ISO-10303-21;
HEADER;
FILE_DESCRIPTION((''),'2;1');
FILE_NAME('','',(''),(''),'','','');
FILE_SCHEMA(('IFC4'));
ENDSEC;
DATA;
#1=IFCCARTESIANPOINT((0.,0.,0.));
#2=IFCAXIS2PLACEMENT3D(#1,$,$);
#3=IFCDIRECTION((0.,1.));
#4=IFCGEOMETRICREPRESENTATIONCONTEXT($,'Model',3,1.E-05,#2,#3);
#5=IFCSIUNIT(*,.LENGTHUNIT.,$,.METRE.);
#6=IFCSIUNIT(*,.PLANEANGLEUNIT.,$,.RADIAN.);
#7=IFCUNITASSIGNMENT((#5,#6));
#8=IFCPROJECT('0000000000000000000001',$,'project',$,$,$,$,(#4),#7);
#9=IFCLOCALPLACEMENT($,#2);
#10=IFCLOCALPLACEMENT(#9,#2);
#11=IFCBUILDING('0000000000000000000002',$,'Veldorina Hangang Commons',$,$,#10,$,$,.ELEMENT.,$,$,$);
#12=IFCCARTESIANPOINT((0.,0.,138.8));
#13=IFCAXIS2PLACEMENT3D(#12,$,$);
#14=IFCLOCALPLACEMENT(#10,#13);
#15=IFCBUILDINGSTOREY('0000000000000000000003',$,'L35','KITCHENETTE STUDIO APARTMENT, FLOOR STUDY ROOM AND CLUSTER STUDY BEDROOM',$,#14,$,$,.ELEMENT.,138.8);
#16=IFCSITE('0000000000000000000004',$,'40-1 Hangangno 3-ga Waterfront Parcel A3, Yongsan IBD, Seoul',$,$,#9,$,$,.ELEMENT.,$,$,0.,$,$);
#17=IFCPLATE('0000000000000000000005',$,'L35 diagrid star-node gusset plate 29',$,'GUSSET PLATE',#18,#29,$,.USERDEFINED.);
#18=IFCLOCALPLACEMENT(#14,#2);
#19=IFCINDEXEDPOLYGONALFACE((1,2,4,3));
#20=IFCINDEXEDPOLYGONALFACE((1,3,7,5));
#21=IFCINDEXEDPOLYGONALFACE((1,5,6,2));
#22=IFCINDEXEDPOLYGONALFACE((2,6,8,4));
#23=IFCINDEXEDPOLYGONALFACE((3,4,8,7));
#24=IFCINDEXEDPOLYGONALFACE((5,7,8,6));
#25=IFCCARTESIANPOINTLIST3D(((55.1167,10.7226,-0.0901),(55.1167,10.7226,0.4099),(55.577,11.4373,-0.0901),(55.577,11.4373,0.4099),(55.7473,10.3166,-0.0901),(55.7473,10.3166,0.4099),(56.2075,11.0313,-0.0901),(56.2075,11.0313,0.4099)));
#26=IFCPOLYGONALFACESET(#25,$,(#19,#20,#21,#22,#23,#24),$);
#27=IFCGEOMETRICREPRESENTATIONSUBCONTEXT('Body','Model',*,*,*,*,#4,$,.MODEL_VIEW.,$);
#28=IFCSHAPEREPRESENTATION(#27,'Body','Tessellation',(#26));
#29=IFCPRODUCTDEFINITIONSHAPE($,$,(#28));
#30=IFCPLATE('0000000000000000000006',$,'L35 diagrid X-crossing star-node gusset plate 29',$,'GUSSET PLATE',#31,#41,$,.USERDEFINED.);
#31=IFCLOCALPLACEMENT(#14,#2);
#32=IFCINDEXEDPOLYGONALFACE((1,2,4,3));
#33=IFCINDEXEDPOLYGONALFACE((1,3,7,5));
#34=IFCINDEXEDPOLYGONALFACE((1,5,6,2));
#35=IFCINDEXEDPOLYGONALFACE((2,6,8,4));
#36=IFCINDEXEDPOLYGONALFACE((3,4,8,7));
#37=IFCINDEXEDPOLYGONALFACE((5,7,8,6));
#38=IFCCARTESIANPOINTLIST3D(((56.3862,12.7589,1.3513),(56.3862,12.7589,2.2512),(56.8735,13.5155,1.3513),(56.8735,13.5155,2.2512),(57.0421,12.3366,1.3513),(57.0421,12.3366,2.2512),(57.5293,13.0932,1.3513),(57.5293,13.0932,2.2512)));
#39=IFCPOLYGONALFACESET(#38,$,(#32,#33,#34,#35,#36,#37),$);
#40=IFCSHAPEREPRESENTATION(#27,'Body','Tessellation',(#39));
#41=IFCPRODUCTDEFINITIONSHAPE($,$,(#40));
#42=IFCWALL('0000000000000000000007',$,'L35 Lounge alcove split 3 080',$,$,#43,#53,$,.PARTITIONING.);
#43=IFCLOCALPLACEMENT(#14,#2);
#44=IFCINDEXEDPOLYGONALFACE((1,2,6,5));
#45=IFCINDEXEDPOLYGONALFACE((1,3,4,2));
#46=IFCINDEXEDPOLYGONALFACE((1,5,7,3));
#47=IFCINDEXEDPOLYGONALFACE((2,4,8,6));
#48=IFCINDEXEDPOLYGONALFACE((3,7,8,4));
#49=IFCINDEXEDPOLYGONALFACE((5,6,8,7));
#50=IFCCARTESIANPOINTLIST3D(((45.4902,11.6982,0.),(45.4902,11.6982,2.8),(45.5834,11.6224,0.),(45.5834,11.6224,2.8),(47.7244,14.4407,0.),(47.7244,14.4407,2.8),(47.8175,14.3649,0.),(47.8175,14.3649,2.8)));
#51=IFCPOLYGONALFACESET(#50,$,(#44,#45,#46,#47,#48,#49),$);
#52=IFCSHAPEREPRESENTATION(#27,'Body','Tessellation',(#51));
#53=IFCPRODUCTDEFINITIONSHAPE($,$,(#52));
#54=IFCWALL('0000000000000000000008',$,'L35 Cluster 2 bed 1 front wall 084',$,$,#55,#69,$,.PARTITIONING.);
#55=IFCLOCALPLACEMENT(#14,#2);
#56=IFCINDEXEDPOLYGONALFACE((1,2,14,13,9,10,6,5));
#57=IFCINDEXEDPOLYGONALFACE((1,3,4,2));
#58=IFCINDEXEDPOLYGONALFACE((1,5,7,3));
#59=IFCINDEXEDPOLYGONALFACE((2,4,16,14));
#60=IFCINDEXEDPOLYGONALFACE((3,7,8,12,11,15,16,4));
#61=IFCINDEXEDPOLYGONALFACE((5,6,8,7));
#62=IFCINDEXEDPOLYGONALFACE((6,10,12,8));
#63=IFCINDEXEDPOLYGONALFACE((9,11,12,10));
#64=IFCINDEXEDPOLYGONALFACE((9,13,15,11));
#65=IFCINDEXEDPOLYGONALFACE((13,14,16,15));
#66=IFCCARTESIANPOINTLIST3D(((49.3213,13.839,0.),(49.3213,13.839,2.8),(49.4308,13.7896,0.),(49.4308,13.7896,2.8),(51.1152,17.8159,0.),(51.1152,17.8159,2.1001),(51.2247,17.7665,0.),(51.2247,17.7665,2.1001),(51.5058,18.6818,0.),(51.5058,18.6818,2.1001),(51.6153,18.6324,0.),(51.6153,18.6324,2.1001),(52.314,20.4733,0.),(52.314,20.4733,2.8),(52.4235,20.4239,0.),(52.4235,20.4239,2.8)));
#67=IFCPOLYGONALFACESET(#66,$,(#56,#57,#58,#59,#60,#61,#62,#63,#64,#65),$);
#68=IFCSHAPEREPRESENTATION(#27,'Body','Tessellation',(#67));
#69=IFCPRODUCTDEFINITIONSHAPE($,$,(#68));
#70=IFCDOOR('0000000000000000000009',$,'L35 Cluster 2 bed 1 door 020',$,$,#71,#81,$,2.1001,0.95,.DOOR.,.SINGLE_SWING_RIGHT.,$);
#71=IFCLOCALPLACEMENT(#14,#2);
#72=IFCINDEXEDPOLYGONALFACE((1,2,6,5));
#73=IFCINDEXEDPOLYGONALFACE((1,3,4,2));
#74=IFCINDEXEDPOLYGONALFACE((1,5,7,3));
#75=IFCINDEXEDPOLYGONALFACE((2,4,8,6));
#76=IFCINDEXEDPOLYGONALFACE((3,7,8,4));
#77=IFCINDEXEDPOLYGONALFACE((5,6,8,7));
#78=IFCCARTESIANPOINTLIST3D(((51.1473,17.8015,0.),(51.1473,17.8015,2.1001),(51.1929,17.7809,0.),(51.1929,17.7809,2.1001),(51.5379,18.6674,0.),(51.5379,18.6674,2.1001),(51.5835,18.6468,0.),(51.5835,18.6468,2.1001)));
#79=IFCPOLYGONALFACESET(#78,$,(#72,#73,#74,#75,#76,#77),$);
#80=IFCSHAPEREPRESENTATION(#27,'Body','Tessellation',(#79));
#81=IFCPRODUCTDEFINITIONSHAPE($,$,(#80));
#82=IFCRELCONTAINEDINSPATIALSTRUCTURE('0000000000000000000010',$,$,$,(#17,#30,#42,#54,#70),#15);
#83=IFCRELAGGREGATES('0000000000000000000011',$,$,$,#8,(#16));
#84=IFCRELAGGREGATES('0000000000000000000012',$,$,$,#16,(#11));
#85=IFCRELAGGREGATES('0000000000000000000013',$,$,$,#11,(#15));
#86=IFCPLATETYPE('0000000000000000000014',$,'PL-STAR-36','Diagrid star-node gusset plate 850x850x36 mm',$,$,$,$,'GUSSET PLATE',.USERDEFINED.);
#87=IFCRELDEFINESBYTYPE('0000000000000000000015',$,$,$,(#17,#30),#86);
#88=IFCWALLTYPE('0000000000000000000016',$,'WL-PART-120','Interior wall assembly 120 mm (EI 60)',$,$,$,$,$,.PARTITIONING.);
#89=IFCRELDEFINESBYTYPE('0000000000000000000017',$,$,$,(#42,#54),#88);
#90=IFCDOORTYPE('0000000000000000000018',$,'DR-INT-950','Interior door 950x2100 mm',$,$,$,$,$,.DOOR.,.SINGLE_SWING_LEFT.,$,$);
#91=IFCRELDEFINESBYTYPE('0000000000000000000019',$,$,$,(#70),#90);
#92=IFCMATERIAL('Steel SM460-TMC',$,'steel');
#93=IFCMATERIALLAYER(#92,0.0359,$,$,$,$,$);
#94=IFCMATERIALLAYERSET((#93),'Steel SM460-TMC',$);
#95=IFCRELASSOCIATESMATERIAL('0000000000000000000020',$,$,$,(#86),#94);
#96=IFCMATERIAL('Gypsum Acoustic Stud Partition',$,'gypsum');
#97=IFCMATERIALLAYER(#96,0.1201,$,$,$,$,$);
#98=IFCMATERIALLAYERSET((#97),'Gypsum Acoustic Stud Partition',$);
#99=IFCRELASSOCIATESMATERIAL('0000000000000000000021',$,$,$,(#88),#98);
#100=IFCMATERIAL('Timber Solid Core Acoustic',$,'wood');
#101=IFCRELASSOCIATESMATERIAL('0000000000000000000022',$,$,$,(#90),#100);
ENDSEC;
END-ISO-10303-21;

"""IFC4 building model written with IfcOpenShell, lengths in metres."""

from ifc_helpers import new_model, si_unit, direction, frame, frame_2d, origin, origin_2d, place, context, subcontext, project, spatial, rectangle, extrude, material, layer, layer_set, type_object, element, fill, save


model = new_model("IFC4")

# Units and contexts
model_context = context("Model", 3, precision=1e-05, world=origin(), true_north=direction((0.0, 1.0)))
body_context = subcontext(model_context, "Body", "Model", "MODEL_VIEW")
ifc_project = project(units=[si_unit("LENGTHUNIT", "METRE"), si_unit("PLANEANGLEUNIT", "RADIAN")], contexts=[model_context])

# Site, building, storey
site_placement = place(None, origin())
site = spatial("IfcSite", under=ifc_project, at=site_placement, Name="40-1 Hangangno 3-ga Waterfront Parcel A3, Yongsan IBD, Seoul", CompositionType="ELEMENT", RefElevation=0.0)
building_placement = place(site_placement, origin())
building = spatial("IfcBuilding", under=site, at=building_placement, Name="Veldorina Hangang Commons", CompositionType="ELEMENT")
storey_placement = place(building_placement, frame((0.0, 0.0, 138.8)))
storey = spatial("IfcBuildingStorey", under=building, at=storey_placement, Name="L35", Description="KITCHENETTE STUDIO APARTMENT, FLOOR STUDY ROOM AND CLUSTER STUDY BEDROOM", CompositionType="ELEMENT", Elevation=138.8)

# Plates
ifc_material_1 = material(Name="Steel SM460-TMC", Category="steel")
ifc_layer_1 = layer(ifc_material_1, 0.0359)
ifc_layer_set_1 = layer_set([ifc_layer_1], Name="Steel SM460-TMC")
plate_type_1 = type_object("IfcPlateType", Name="PL-STAR-36", Description="Diagrid star-node gusset plate 850x850x36 mm", ElementType="GUSSET PLATE", PredefinedType="USERDEFINED", material=ifc_layer_set_1)
for number, where, z_axis, x_axis, name in (
    (1, (55.6621, 10.877, -0.0901), (0.0, 0.0, 1.0), (0.541429, 0.840746, 0.0), "L35 diagrid star-node gusset plate 29"),
):
    element("IfcPlate", number, at=place(storey_placement, frame(where, z_axis=z_axis, x_axis=x_axis)), inside=storey, type_object=plate_type_1, Name=name, ObjectType="GUSSET PLATE", PredefinedType="USERDEFINED", context=body_context, shape_type="SweptSolid", body=[
        extrude(rectangle(XDim=0.8501, YDim=0.75, at=origin_2d()), origin(), (0.0, 0.0, 1.0), 0.5),
    ])
plate_1_placement = place(storey_placement, frame((56.9578, 12.926, 1.3513), z_axis=(0.0, 0.0, 1.0), x_axis=(0.541429, 0.840746, 0.0)))
element("IfcPlate", 2, at=plate_1_placement, inside=storey, type_object=plate_type_1, Name="L35 diagrid X-crossing star-node gusset plate 29", ObjectType="GUSSET PLATE", PredefinedType="USERDEFINED", context=body_context, shape_type="SweptSolid", body=[
    extrude(rectangle(XDim=0.8999, YDim=0.78, at=origin_2d()), origin(), (0.0, 0.0, 1.0), 0.8999),
])

# Wall
ifc_material_2 = material(Name="Gypsum Acoustic Stud Partition", Category="gypsum")
ifc_layer_2 = layer(ifc_material_2, 0.1201)
ifc_layer_set_2 = layer_set([ifc_layer_2], Name="Gypsum Acoustic Stud Partition")
wall_type = type_object("IfcWallType", Name="WL-PART-120", Description="Interior wall assembly 120 mm (EI 60)", PredefinedType="PARTITIONING", material=ifc_layer_set_2)
wall_1_placement = place(storey_placement, frame((45.5369, 11.6604, 0.0), z_axis=(0.0, 0.0, 1.0), x_axis=(0.631598, 0.775296, 0.0)))
element("IfcWall", 3, at=wall_1_placement, inside=storey, type_object=wall_type, Name="L35 Lounge alcove split 3 080", PredefinedType="PARTITIONING", context=body_context, shape_type="SweptSolid", body=[
    extrude(rectangle(XDim=3.5374, YDim=0.1201, at=frame_2d((1.7686, 0.0))), origin(), (0.0, 0.0, 1.0), 2.8),
])

# Wall, opening, door
wall_2_placement = place(storey_placement, frame((49.376, 13.8142, 0.0), z_axis=(0.0, 0.0, 1.0), x_axis=(0.411193, 0.911548, 0.0)))
wall_2 = element("IfcWall", 4, at=wall_2_placement, inside=storey, type_object=wall_type, Name="L35 Cluster 2 bed 1 front wall 084", PredefinedType="PARTITIONING", context=body_context, shape_type="SweptSolid", body=[
    extrude(rectangle(XDim=7.2781, YDim=0.1201, at=frame_2d((3.6392, 0.0))), origin(), (0.0, 0.0, 1.0), 2.8),
])
opening_placement = place(wall_2_placement, frame((4.3628, 0.0, 0.0)))
opening = element("IfcOpeningElement", 5, at=opening_placement, cuts=wall_2, PredefinedType="OPENING", context=body_context, shape_type="SweptSolid", body=[
    extrude(rectangle(XDim=0.95, YDim=2.1001, at=frame_2d((0.4751, 1.05))), frame((0.0, 0.0701, 0.0), z_axis=(0.0, -1.0, 0.0), x_axis=(1.0, 0.0, 0.0)), (0.0, 0.0, 1.0), 0.1401),
])
ifc_material_3 = material(Name="Timber Solid Core Acoustic", Category="wood")
door_type = type_object("IfcDoorType", Name="DR-INT-950", Description="Interior door 950x2100 mm", OperationType="SINGLE_SWING_LEFT", PredefinedType="DOOR", material=ifc_material_3)
door_placement = place(opening_placement, origin())
door = element("IfcDoor", 6, at=door_placement, inside=storey, type_object=door_type, Name="L35 Cluster 2 bed 1 door 020", OperationType="SINGLE_SWING_RIGHT", OverallHeight=2.1001, OverallWidth=0.95, PredefinedType="DOOR", context=body_context, shape_type="SweptSolid", body=[
    extrude(rectangle(XDim=0.95, YDim=2.1001, at=frame_2d((0.4751, 1.05))), frame((0.0, 0.0249, 0.0), z_axis=(0.0, -1.0, 0.0), x_axis=(1.0, 0.0, 0.0)), (0.0, 0.0, 1.0), 0.05),
])
fill(opening, door)

save(model, "model.ifc")
